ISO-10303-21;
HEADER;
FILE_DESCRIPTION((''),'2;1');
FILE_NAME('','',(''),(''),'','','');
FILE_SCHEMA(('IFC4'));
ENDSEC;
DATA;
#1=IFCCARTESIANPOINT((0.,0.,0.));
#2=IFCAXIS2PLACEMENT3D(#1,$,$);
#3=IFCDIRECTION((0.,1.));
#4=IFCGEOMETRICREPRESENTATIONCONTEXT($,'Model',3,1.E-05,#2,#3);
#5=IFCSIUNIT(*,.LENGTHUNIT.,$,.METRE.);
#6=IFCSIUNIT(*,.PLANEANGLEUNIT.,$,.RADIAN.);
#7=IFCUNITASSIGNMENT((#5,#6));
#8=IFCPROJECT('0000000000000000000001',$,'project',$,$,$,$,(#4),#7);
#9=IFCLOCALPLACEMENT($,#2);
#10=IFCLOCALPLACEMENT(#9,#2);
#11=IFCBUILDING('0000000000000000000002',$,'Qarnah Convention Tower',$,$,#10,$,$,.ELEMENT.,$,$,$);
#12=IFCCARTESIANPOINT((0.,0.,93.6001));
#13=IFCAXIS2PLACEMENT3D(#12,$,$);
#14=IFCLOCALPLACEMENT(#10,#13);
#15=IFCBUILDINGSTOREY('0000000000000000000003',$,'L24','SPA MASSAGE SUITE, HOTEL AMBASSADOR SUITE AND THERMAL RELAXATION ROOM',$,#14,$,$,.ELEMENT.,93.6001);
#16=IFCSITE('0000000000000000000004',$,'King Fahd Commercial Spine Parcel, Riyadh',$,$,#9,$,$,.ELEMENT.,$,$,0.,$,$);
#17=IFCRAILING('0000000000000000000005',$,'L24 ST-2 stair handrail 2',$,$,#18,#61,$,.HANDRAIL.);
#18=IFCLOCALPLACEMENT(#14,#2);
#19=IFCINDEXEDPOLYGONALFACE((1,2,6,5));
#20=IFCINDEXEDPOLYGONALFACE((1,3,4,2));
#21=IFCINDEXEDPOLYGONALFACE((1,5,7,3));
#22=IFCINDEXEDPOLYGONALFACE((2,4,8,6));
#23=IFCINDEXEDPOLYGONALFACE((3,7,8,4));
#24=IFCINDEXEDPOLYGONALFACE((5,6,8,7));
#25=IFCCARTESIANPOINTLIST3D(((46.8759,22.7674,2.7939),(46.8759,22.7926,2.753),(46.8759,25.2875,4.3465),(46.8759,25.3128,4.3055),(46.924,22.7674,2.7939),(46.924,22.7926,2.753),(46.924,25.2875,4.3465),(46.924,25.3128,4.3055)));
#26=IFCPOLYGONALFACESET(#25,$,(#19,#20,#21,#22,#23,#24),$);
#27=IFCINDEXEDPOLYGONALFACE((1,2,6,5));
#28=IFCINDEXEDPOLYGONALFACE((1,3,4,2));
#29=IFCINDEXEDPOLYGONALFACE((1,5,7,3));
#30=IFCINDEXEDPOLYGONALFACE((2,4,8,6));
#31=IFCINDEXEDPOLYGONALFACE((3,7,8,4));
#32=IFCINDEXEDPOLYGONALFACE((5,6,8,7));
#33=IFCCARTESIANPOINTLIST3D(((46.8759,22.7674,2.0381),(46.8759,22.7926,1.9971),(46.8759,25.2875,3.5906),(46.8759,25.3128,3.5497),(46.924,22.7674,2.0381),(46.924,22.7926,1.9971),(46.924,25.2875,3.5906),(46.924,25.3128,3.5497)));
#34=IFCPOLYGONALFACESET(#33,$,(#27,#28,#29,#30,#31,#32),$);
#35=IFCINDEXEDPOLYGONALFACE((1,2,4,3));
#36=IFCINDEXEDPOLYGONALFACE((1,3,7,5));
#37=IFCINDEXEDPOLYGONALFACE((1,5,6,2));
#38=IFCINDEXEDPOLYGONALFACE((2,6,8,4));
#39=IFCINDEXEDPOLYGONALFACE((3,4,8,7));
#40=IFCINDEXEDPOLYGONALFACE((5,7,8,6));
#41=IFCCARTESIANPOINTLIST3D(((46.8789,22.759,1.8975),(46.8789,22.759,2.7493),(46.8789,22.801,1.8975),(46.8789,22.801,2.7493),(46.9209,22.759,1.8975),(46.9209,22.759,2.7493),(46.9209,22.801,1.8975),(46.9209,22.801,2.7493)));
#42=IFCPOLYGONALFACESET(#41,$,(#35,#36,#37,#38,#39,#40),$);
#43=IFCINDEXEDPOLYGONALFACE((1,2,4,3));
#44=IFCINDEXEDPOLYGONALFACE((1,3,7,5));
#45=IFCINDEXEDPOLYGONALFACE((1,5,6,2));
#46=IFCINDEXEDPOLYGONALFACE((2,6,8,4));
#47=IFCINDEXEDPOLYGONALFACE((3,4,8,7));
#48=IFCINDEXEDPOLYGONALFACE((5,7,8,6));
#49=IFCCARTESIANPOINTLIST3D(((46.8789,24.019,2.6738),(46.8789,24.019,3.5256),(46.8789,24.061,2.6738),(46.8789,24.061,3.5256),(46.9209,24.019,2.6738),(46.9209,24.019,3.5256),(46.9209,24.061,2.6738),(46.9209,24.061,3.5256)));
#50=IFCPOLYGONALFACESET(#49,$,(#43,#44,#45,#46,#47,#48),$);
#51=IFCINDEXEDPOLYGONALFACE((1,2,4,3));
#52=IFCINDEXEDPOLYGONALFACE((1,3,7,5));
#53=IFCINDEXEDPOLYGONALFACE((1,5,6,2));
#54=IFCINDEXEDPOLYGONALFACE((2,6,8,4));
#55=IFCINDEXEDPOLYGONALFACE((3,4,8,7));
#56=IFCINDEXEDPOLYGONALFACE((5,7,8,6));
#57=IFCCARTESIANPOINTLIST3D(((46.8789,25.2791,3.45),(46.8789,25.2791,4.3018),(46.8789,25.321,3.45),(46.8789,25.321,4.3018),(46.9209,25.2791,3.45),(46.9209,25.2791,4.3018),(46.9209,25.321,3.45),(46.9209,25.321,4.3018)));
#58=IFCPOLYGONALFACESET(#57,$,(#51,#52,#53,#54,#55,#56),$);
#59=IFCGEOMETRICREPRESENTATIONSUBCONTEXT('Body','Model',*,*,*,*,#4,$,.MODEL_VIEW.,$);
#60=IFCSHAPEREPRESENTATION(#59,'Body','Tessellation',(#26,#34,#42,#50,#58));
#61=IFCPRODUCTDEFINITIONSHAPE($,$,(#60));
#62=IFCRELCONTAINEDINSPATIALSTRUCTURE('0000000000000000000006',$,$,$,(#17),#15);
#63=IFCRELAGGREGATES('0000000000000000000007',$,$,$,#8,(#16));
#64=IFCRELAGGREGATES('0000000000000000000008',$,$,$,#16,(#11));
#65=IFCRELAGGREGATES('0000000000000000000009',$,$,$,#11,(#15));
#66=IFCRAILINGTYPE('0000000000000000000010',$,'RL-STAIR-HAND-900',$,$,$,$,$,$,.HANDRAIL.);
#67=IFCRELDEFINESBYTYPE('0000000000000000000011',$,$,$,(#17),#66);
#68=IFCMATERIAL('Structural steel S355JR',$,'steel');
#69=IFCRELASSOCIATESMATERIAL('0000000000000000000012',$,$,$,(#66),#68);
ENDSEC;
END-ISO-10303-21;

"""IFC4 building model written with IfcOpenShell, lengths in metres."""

from ifc_helpers import new_model, si_unit, direction, frame, origin, origin_2d, place, context, subcontext, project, spatial, rectangle, extrude, material, type_object, element, save


model = new_model("IFC4")

# Units and contexts
model_context = context("Model", 3, precision=1e-05, world=origin(), true_north=direction((0.0, 1.0)))
body_context = subcontext(model_context, "Body", "Model", "MODEL_VIEW")
ifc_project = project(units=[si_unit("LENGTHUNIT", "METRE"), si_unit("PLANEANGLEUNIT", "RADIAN")], contexts=[model_context])

# Site, building, storey
site_placement = place(None, origin())
site = spatial("IfcSite", under=ifc_project, at=site_placement, Name="King Fahd Commercial Spine Parcel, Riyadh", CompositionType="ELEMENT", RefElevation=0.0)
building_placement = place(site_placement, origin())
building = spatial("IfcBuilding", under=site, at=building_placement, Name="Qarnah Convention Tower", CompositionType="ELEMENT")
storey_placement = place(building_placement, frame((0.0, 0.0, 93.6001)))
storey = spatial("IfcBuildingStorey", under=building, at=storey_placement, Name="L24", Description="SPA MASSAGE SUITE, HOTEL AMBASSADOR SUITE AND THERMAL RELAXATION ROOM", CompositionType="ELEMENT", Elevation=93.6001)

# Shared definitions
ifc_material_1 = material(Name="Structural steel S355JR", Category="steel")

# Railing
railing_type_1 = type_object("IfcRailingType", Name="RL-STAIR-HAND-900", PredefinedType="HANDRAIL", material=ifc_material_1)
railing_1_placement = place(storey_placement, frame((46.8999, 22.78, 1.8975)))
element("IfcRailing", 1, at=railing_1_placement, inside=storey, type_object=railing_type_1, Name="L24 ST-2 stair handrail 2", PredefinedType="HANDRAIL", context=body_context, shape_type="SweptSolid", body=[
    extrude(rectangle(XDim=0.0481, YDim=0.0481, at=origin_2d()), frame((0.0, 0.0, 0.876), z_axis=(0.0, 0.8514, 0.524516), x_axis=(-1.0, 0.0, 0.0)), (0.0, 0.0, 1.0), 2.96),
    extrude(rectangle(XDim=0.0481, YDim=0.0481, at=origin_2d()), frame((0.0, 0.0, 0.1201), z_axis=(0.0, 0.8514, 0.524516), x_axis=(-1.0, 0.0, 0.0)), (0.0, 0.0, 1.0), 2.96),
    extrude(rectangle(XDim=0.042, YDim=0.042, at=origin_2d()), origin(), (0.0, 0.0, 1.0), 0.8518),
    extrude(rectangle(XDim=0.042, YDim=0.042, at=origin_2d()), frame((0.0, 1.26, 0.7764)), (0.0, 0.0, 1.0), 0.8518),
    extrude(rectangle(XDim=0.042, YDim=0.042, at=origin_2d()), frame((0.0, 2.52, 1.5525)), (0.0, 0.0, 1.0), 0.8518),
])

save(model, "model.ifc")
